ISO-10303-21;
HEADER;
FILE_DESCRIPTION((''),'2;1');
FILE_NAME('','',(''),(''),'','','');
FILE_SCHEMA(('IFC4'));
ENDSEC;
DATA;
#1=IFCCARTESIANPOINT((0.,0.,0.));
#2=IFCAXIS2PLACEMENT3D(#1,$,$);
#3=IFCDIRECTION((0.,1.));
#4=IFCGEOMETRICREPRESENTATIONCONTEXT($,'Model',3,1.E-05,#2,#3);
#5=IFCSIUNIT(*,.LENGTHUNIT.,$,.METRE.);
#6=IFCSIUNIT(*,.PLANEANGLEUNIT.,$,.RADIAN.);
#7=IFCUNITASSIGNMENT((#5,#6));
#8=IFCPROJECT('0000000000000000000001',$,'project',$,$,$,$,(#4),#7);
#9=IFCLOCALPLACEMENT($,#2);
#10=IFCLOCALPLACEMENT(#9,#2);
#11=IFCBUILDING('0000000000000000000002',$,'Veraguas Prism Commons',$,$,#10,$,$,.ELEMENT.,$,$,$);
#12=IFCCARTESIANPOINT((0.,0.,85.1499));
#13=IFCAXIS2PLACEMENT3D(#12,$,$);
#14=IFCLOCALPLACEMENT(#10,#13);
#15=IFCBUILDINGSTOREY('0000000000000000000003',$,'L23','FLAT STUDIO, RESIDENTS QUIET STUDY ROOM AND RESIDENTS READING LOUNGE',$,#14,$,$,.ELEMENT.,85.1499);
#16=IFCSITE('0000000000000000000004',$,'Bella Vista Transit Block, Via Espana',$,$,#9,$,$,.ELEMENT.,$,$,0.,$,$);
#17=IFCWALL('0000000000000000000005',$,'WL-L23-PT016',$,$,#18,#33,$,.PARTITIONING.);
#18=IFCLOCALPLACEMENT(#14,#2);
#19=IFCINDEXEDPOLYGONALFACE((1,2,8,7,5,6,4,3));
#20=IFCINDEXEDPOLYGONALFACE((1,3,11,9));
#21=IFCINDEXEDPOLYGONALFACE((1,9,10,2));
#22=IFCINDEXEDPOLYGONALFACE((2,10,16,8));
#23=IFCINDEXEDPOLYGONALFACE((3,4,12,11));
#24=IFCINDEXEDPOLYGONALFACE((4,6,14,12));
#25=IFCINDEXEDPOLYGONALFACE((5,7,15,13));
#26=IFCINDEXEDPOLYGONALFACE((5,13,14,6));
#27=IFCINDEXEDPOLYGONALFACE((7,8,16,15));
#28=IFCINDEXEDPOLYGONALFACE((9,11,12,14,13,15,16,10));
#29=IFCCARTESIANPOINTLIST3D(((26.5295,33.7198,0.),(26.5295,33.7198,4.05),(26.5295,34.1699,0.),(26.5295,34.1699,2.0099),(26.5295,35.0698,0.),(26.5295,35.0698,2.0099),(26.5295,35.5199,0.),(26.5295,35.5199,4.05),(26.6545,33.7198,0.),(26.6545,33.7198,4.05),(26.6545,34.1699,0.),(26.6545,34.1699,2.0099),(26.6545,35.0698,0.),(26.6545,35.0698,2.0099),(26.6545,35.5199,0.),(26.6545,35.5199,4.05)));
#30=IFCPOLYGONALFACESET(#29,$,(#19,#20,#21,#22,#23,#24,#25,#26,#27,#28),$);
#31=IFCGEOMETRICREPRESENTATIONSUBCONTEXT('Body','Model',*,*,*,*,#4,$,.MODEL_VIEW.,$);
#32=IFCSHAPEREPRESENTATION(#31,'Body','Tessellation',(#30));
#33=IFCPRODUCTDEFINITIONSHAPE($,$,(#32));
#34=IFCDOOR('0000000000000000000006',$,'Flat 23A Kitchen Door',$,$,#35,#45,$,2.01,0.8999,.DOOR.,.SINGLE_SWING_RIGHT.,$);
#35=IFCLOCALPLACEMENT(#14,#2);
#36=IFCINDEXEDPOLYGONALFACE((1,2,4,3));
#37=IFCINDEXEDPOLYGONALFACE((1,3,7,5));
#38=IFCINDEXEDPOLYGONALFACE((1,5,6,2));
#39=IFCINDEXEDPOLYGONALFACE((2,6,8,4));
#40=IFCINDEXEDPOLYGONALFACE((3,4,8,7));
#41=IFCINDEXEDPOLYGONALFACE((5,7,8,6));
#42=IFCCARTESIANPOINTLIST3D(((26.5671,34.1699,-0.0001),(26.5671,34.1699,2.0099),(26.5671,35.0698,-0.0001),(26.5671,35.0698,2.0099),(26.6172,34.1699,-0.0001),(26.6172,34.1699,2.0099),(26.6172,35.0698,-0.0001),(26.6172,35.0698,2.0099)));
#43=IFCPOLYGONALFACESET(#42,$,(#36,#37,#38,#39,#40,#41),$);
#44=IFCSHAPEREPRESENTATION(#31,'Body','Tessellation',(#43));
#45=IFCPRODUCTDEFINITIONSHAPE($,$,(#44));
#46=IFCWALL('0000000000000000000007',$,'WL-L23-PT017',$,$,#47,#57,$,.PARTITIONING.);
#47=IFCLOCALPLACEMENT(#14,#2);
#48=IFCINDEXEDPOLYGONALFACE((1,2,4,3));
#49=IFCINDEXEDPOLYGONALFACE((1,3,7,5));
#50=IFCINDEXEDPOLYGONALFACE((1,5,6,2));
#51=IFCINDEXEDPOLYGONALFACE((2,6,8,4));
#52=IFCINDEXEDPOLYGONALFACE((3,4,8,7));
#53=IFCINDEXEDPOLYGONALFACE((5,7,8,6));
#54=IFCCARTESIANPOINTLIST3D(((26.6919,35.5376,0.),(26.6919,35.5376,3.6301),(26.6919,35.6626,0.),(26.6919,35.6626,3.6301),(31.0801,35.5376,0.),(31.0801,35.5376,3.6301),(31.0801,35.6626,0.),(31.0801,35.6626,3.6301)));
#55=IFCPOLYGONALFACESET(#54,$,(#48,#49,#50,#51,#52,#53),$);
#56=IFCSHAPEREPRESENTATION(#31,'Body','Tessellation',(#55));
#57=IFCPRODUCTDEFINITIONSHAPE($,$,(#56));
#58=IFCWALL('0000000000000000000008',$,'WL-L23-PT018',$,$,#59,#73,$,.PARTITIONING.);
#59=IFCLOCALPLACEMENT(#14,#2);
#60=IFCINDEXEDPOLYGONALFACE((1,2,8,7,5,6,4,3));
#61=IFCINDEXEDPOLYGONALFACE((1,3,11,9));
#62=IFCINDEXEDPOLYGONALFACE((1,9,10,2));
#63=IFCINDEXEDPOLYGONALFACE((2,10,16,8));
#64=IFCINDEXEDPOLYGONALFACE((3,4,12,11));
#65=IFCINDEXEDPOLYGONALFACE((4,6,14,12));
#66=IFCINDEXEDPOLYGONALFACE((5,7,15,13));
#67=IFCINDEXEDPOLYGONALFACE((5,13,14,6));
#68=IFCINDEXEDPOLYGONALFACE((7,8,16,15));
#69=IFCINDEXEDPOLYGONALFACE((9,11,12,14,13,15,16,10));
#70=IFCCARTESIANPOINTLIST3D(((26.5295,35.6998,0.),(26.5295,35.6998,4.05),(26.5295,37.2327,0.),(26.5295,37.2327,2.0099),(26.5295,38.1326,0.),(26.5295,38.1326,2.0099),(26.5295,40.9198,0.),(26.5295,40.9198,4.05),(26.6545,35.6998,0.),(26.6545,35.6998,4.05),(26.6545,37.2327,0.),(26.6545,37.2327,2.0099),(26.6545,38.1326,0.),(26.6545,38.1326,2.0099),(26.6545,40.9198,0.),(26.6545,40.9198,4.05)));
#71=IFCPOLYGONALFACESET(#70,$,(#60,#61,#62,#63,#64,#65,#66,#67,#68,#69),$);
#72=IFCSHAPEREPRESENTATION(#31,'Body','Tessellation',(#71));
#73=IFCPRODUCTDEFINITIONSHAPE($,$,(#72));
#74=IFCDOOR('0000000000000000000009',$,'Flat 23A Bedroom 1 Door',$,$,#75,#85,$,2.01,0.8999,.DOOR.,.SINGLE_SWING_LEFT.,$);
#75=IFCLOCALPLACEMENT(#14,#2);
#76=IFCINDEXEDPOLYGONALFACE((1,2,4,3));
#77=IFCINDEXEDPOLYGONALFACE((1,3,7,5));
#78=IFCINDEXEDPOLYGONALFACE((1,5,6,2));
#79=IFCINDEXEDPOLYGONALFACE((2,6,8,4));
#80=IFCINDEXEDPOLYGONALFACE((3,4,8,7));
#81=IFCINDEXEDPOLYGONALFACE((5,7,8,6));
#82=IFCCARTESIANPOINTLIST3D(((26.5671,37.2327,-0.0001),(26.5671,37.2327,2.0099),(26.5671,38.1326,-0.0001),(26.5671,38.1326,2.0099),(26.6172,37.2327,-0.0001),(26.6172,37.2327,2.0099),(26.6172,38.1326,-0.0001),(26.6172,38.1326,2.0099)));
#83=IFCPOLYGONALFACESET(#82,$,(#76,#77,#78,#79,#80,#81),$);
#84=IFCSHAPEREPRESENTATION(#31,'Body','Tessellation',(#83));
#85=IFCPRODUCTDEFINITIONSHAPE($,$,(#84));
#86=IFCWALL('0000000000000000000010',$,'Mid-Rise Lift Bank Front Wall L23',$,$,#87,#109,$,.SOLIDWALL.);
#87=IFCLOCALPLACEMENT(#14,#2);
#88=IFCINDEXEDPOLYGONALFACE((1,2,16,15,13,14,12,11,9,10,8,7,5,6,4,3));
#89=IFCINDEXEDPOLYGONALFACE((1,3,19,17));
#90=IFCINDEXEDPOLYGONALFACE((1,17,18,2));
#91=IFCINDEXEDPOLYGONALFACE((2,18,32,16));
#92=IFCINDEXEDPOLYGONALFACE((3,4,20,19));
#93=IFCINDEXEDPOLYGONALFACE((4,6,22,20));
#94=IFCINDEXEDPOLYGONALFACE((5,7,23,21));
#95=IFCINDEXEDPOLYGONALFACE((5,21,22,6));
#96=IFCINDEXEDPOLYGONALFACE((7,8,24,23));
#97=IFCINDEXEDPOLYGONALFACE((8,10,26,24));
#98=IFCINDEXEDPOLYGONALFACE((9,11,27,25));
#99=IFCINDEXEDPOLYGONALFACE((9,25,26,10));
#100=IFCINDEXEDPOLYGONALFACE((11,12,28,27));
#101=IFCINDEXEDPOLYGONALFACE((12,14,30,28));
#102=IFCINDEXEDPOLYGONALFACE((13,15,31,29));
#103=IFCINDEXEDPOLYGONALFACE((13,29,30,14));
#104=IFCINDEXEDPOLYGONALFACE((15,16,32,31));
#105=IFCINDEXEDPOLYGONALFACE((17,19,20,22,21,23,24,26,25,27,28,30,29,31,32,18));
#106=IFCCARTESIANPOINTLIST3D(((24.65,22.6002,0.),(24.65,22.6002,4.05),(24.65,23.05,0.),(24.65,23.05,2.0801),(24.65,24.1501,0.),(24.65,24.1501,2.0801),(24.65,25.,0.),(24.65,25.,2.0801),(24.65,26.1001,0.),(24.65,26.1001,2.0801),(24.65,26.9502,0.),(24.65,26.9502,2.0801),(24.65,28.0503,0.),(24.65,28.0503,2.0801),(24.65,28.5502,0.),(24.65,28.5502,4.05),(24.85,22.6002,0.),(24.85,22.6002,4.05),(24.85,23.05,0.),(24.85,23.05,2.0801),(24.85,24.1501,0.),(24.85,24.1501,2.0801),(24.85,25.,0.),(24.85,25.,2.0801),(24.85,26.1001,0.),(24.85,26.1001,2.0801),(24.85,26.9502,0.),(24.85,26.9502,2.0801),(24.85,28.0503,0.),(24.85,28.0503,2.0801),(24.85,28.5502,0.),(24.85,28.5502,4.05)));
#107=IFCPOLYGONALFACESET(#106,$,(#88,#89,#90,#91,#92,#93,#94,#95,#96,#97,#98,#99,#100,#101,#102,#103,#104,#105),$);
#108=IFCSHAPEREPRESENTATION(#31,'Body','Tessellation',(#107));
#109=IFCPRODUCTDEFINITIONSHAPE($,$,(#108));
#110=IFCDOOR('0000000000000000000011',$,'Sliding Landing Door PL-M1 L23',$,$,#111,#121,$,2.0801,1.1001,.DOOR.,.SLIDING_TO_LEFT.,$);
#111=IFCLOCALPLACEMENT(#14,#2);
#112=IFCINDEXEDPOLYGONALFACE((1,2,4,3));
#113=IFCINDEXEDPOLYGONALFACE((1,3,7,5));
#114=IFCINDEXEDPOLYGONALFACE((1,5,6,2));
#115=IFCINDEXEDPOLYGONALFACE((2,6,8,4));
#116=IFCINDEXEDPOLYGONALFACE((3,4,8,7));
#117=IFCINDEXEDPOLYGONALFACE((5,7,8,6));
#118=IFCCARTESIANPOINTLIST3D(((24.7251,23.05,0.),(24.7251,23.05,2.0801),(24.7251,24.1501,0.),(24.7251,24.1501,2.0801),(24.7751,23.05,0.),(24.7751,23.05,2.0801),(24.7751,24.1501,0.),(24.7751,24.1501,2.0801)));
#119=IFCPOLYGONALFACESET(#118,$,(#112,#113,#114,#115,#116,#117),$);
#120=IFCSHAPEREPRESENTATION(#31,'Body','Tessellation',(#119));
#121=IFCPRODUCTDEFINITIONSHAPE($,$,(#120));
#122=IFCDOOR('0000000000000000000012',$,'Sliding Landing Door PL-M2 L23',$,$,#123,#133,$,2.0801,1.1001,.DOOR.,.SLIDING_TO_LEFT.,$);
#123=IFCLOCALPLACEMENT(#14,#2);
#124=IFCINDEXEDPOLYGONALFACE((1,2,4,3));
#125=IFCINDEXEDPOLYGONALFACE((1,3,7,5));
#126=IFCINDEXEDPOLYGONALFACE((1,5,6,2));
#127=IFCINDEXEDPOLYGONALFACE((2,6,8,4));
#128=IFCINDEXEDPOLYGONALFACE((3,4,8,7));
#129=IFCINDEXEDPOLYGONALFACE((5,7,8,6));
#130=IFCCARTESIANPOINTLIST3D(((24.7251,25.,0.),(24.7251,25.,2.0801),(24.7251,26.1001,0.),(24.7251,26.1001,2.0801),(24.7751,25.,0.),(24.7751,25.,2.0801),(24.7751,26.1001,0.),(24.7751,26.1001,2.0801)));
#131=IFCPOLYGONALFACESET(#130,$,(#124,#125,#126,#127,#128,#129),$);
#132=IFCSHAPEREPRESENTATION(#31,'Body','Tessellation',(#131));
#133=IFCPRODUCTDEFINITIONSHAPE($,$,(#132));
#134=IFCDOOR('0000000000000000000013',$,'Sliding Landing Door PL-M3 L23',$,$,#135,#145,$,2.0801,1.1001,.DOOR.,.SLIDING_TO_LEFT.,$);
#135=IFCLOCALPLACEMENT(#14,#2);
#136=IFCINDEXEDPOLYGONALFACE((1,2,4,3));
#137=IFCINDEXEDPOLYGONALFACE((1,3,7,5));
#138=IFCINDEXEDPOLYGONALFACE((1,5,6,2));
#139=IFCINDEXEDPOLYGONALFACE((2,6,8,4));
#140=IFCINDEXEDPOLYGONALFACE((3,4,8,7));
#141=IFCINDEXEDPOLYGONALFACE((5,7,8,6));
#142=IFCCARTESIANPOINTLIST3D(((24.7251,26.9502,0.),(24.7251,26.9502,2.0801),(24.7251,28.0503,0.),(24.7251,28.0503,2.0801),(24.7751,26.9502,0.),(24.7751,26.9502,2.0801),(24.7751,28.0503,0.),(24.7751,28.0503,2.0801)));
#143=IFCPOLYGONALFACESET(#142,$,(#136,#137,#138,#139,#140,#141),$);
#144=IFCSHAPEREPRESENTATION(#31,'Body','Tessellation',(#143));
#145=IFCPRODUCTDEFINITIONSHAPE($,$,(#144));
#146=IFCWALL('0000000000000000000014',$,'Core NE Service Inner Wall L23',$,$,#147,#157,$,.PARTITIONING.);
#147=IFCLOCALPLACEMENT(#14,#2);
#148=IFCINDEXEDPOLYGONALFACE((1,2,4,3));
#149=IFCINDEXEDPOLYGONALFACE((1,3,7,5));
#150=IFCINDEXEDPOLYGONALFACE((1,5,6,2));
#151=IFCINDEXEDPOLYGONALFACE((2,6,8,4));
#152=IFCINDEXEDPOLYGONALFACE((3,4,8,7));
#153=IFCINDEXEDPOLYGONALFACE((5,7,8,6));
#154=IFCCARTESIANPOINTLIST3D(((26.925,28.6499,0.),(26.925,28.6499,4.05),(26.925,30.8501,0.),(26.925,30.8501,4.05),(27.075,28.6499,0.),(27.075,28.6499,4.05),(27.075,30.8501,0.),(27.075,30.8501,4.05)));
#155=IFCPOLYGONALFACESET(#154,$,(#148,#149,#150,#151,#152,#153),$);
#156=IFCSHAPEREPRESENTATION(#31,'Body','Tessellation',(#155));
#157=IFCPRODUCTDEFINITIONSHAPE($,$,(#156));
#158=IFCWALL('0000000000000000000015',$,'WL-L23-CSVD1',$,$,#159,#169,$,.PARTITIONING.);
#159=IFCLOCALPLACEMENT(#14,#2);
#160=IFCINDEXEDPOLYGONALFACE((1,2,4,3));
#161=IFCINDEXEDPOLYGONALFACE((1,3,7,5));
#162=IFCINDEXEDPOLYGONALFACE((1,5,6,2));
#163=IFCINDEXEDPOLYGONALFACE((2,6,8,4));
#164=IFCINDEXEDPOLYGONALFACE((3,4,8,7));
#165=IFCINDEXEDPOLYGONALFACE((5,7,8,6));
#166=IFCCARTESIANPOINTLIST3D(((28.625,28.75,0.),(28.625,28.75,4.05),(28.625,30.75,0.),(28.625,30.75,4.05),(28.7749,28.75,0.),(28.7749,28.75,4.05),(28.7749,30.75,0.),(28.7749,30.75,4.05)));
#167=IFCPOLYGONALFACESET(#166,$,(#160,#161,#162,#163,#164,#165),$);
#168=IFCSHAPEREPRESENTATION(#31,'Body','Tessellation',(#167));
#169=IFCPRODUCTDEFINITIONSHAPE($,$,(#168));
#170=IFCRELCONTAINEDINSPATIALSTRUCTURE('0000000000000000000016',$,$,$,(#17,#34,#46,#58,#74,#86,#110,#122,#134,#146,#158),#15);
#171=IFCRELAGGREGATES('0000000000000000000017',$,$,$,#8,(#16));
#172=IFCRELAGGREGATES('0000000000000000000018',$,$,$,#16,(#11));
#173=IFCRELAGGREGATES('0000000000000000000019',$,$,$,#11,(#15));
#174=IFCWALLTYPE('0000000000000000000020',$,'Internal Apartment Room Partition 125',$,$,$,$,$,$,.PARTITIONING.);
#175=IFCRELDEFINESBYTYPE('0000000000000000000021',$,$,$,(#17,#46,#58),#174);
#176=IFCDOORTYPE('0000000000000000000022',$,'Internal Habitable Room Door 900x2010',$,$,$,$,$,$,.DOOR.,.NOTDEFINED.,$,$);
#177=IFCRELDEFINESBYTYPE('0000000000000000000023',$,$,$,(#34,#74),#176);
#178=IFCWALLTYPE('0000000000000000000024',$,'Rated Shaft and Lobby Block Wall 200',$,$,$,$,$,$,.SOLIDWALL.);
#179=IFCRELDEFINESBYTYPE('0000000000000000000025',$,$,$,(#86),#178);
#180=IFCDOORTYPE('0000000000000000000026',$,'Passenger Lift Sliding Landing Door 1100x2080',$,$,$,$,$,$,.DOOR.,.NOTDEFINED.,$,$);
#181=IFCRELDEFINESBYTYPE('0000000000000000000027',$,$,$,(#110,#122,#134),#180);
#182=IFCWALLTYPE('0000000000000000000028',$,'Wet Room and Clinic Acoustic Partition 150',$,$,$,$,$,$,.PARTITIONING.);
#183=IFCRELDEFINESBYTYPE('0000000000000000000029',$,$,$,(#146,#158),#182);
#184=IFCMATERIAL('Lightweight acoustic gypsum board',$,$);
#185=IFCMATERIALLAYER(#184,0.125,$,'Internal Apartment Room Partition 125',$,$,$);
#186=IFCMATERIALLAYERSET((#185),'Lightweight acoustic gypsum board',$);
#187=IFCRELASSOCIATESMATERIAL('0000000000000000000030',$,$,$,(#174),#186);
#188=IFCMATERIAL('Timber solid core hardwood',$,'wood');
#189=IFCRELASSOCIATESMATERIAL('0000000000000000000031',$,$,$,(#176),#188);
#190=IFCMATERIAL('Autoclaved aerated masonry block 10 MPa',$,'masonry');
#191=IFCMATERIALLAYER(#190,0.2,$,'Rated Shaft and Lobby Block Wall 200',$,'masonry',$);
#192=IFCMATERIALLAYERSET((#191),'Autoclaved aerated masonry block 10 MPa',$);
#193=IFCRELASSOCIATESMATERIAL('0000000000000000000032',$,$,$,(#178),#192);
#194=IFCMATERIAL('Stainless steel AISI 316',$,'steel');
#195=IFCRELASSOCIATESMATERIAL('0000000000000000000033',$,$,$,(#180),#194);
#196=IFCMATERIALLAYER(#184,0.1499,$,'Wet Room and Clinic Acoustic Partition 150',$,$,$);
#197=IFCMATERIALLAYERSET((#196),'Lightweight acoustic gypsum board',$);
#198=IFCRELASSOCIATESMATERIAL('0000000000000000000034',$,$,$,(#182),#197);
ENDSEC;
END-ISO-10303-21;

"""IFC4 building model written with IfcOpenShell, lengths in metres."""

from ifc_helpers import new_model, si_unit, direction, frame, frame_2d, origin, place, context, subcontext, project, spatial, rectangle, extrude, source, transform, mapped, material, layer, layer_set, type_object, element, fill, save


model = new_model("IFC4")

# Units and contexts
model_context = context("Model", 3, precision=1e-05, world=origin(), true_north=direction((0.0, 1.0)))
body_context = subcontext(model_context, "Body", "Model", "MODEL_VIEW")
ifc_project = project(units=[si_unit("LENGTHUNIT", "METRE"), si_unit("PLANEANGLEUNIT", "RADIAN")], contexts=[model_context])

# Site, building, storey
site_placement = place(None, origin())
site = spatial("IfcSite", under=ifc_project, at=site_placement, Name="Bella Vista Transit Block, Via Espana", CompositionType="ELEMENT", RefElevation=0.0)
building_placement = place(site_placement, origin())
building = spatial("IfcBuilding", under=site, at=building_placement, Name="Veraguas Prism Commons", CompositionType="ELEMENT")
storey_placement = place(building_placement, frame((0.0, 0.0, 85.1499)))
storey = spatial("IfcBuildingStorey", under=building, at=storey_placement, Name="L23", Description="FLAT STUDIO, RESIDENTS QUIET STUDY ROOM AND RESIDENTS READING LOUNGE", CompositionType="ELEMENT", Elevation=85.1499)

# Wall, opening, door
ifc_material_1 = material(Name="Lightweight acoustic gypsum board")
ifc_layer_1 = layer(ifc_material_1, 0.125, Name="Internal Apartment Room Partition 125")
ifc_layer_set_1 = layer_set([ifc_layer_1], Name="Lightweight acoustic gypsum board")
wall_type_1 = type_object("IfcWallType", Name="Internal Apartment Room Partition 125", PredefinedType="PARTITIONING", material=ifc_layer_set_1)
wall_1_placement = place(storey_placement, frame((26.592, 33.72, 0.0), z_axis=(0.0, 0.0, 1.0), x_axis=(0.0, 1.0, 0.0)))
wall_1 = element("IfcWall", 1, at=wall_1_placement, inside=storey, type_object=wall_type_1, Name="WL-L23-PT016", PredefinedType="PARTITIONING", context=body_context, shape_type="SweptSolid", body=[
    extrude(rectangle(XDim=1.8, YDim=0.125, at=frame_2d((0.8999, 0.0))), origin(), (0.0, 0.0, 1.0), 4.05),
])
opening_1_placement = place(wall_1_placement, frame((0.45, 0.0, 0.0)))
opening_1 = element("IfcOpeningElement", 2, at=opening_1_placement, cuts=wall_1, PredefinedType="OPENING", context=body_context, shape_type="SweptSolid", body=[
    extrude(rectangle(XDim=0.8999, YDim=2.01, at=frame_2d((0.45, 1.0049))), frame((0.0, 0.0725, 0.0), z_axis=(0.0, -1.0, 0.0), x_axis=(1.0, 0.0, 0.0)), (0.0, 0.0, 1.0), 0.145),
])
ifc_material_2 = material(Name="Timber solid core hardwood", Category="wood")
door_type_1 = type_object("IfcDoorType", Name="Internal Habitable Room Door 900x2010", OperationType="NOTDEFINED", PredefinedType="DOOR", material=ifc_material_2)
shared_shape_1 = source(origin(), body_context, "Body", "SweptSolid", [
    extrude(rectangle(XDim=0.8999, YDim=2.01, at=frame_2d((0.45, 1.0049))), frame((0.0, 0.0249, 0.0), z_axis=(0.0, -1.0, 0.0), x_axis=(1.0, 0.0, 0.0)), (0.0, 0.0, 1.0), 0.05),
])
door_1_placement = place(opening_1_placement, origin())
door_1 = element("IfcDoor", 3, at=door_1_placement, inside=storey, type_object=door_type_1, Name="Flat 23A Kitchen Door", OperationType="SINGLE_SWING_RIGHT", OverallHeight=2.01, OverallWidth=0.8999, PredefinedType="DOOR", context=body_context, shape_type="MappedRepresentation", body=[
    mapped(shared_shape_1, transform((0.0, 0.0, 0.0), scale=1.0)),
])
fill(opening_1, door_1)

# Wall
wall_2_placement = place(storey_placement, frame((26.6919, 35.6001, 0.0), z_axis=(0.0, 0.0, 1.0), x_axis=(1.0, 0.0, 0.0)))
element("IfcWall", 4, at=wall_2_placement, inside=storey, type_object=wall_type_1, Name="WL-L23-PT017", PredefinedType="PARTITIONING", context=body_context, shape_type="SweptSolid", body=[
    extrude(rectangle(XDim=4.3882, YDim=0.125, at=frame_2d((2.1941, 0.0))), origin(), (0.0, 0.0, 1.0), 3.6301),
])

# Wall, opening, door
wall_3_placement = place(storey_placement, frame((26.592, 35.7, 0.0), z_axis=(0.0, 0.0, 1.0), x_axis=(0.0, 1.0, 0.0)))
wall_3 = element("IfcWall", 5, at=wall_3_placement, inside=storey, type_object=wall_type_1, Name="WL-L23-PT018", PredefinedType="PARTITIONING", context=body_context, shape_type="SweptSolid", body=[
    extrude(rectangle(XDim=5.22, YDim=0.125, at=frame_2d((2.6099, 0.0))), origin(), (0.0, 0.0, 1.0), 4.05),
])
opening_2_placement = place(wall_3_placement, frame((1.5327, 0.0, 0.0)))
opening_2 = element("IfcOpeningElement", 6, at=opening_2_placement, cuts=wall_3, PredefinedType="OPENING", context=body_context, shape_type="SweptSolid", body=[
    extrude(rectangle(XDim=0.8999, YDim=2.01, at=frame_2d((0.45, 1.0049))), frame((0.0, 0.0725, 0.0), z_axis=(0.0, -1.0, 0.0), x_axis=(1.0, 0.0, 0.0)), (0.0, 0.0, 1.0), 0.145),
])
door_2_placement = place(opening_2_placement, origin())
door_2 = element("IfcDoor", 7, at=door_2_placement, inside=storey, type_object=door_type_1, Name="Flat 23A Bedroom 1 Door", OperationType="SINGLE_SWING_LEFT", OverallHeight=2.01, OverallWidth=0.8999, PredefinedType="DOOR", context=body_context, shape_type="MappedRepresentation", body=[
    mapped(shared_shape_1, transform((0.0, 0.0, 0.0), scale=1.0)),
])
fill(opening_2, door_2)

# Wall, openings, doors
ifc_material_3 = material(Name="Autoclaved aerated masonry block 10 MPa", Category="masonry")
ifc_layer_2 = layer(ifc_material_3, 0.2, Name="Rated Shaft and Lobby Block Wall 200", Category="masonry")
ifc_layer_set_2 = layer_set([ifc_layer_2], Name="Autoclaved aerated masonry block 10 MPa")
wall_type_2 = type_object("IfcWallType", Name="Rated Shaft and Lobby Block Wall 200", PredefinedType="SOLIDWALL", material=ifc_layer_set_2)
wall_4_placement = place(storey_placement, frame((24.75, 22.6001, 0.0), z_axis=(0.0, 0.0, 1.0), x_axis=(0.0, 1.0, 0.0)))
wall_4 = element("IfcWall", 8, at=wall_4_placement, inside=storey, type_object=wall_type_2, Name="Mid-Rise Lift Bank Front Wall L23", PredefinedType="SOLIDWALL", context=body_context, shape_type="SweptSolid", body=[
    extrude(rectangle(XDim=5.95, YDim=0.2, at=frame_2d((2.9751, 0.0))), origin(), (0.0, 0.0, 1.0), 4.05),
])
opening_3_placement = place(wall_4_placement, frame((0.45, 0.0, 0.0)))
opening_3 = element("IfcOpeningElement", 9, at=opening_3_placement, cuts=wall_4, PredefinedType="OPENING", context=body_context, shape_type="SweptSolid", body=[
    extrude(rectangle(XDim=1.1001, YDim=2.0801, at=frame_2d((0.55, 1.04))), frame((0.0, 0.1099, 0.0), z_axis=(0.0, -1.0, 0.0), x_axis=(1.0, 0.0, 0.0)), (0.0, 0.0, 1.0), 0.22),
])
opening_4_placement = place(wall_4_placement, frame((2.3999, 0.0, 0.0)))
opening_4 = element("IfcOpeningElement", 10, at=opening_4_placement, cuts=wall_4, PredefinedType="OPENING", context=body_context, shape_type="SweptSolid", body=[
    extrude(rectangle(XDim=1.1001, YDim=2.0801, at=frame_2d((0.55, 1.04))), frame((0.0, 0.1099, 0.0), z_axis=(0.0, -1.0, 0.0), x_axis=(1.0, 0.0, 0.0)), (0.0, 0.0, 1.0), 0.22),
])
opening_5_placement = place(wall_4_placement, frame((4.3501, 0.0, 0.0)))
opening_5 = element("IfcOpeningElement", 11, at=opening_5_placement, cuts=wall_4, PredefinedType="OPENING", context=body_context, shape_type="SweptSolid", body=[
    extrude(rectangle(XDim=1.1001, YDim=2.0801, at=frame_2d((0.55, 1.04))), frame((0.0, 0.1099, 0.0), z_axis=(0.0, -1.0, 0.0), x_axis=(1.0, 0.0, 0.0)), (0.0, 0.0, 1.0), 0.22),
])
ifc_material_4 = material(Name="Stainless steel AISI 316", Category="steel")
door_type_2 = type_object("IfcDoorType", Name="Passenger Lift Sliding Landing Door 1100x2080", OperationType="NOTDEFINED", PredefinedType="DOOR", material=ifc_material_4)
shared_shape_2 = source(origin(), body_context, "Body", "SweptSolid", [
    extrude(rectangle(XDim=1.1001, YDim=2.0801, at=frame_2d((0.55, 1.04))), frame((0.0, 0.0249, 0.0), z_axis=(0.0, -1.0, 0.0), x_axis=(1.0, 0.0, 0.0)), (0.0, 0.0, 1.0), 0.05),
])
door_3_placement = place(opening_3_placement, origin())
door_3 = element("IfcDoor", 12, at=door_3_placement, inside=storey, type_object=door_type_2, Name="Sliding Landing Door PL-M1 L23", OperationType="SLIDING_TO_LEFT", OverallHeight=2.0801, OverallWidth=1.1001, PredefinedType="DOOR", context=body_context, shape_type="MappedRepresentation", body=[
    mapped(shared_shape_2, transform((0.0, 0.0, 0.0), scale=1.0)),
])
fill(opening_3, door_3)
door_4_placement = place(opening_4_placement, origin())
door_4 = element("IfcDoor", 13, at=door_4_placement, inside=storey, type_object=door_type_2, Name="Sliding Landing Door PL-M2 L23", OperationType="SLIDING_TO_LEFT", OverallHeight=2.0801, OverallWidth=1.1001, PredefinedType="DOOR", context=body_context, shape_type="MappedRepresentation", body=[
    mapped(shared_shape_2, transform((0.0, 0.0, 0.0), scale=1.0)),
])
fill(opening_4, door_4)
door_5_placement = place(opening_5_placement, origin())
door_5 = element("IfcDoor", 14, at=door_5_placement, inside=storey, type_object=door_type_2, Name="Sliding Landing Door PL-M3 L23", OperationType="SLIDING_TO_LEFT", OverallHeight=2.0801, OverallWidth=1.1001, PredefinedType="DOOR", context=body_context, shape_type="MappedRepresentation", body=[
    mapped(shared_shape_2, transform((0.0, 0.0, 0.0), scale=1.0)),
])
fill(opening_5, door_5)

# Walls
ifc_layer_3 = layer(ifc_material_1, 0.1499, Name="Wet Room and Clinic Acoustic Partition 150")
ifc_layer_set_3 = layer_set([ifc_layer_3], Name="Lightweight acoustic gypsum board")
wall_type_3 = type_object("IfcWallType", Name="Wet Room and Clinic Acoustic Partition 150", PredefinedType="PARTITIONING", material=ifc_layer_set_3)
wall_5_placement = place(storey_placement, frame((27.0, 28.6499, 0.0), z_axis=(0.0, 0.0, 1.0), x_axis=(0.0, 1.0, 0.0)))
element("IfcWall", 15, at=wall_5_placement, inside=storey, type_object=wall_type_3, Name="Core NE Service Inner Wall L23", PredefinedType="PARTITIONING", context=body_context, shape_type="SweptSolid", body=[
    extrude(rectangle(XDim=2.2002, YDim=0.1499, at=frame_2d((1.1001, 0.0))), origin(), (0.0, 0.0, 1.0), 4.05),
])
wall_6_placement = place(storey_placement, frame((28.7, 28.75, 0.0), z_axis=(0.0, 0.0, 1.0), x_axis=(0.0, 1.0, 0.0)))
element("IfcWall", 16, at=wall_6_placement, inside=storey, type_object=wall_type_3, Name="WL-L23-CSVD1", PredefinedType="PARTITIONING", context=body_context, shape_type="SweptSolid", body=[
    extrude(rectangle(XDim=2.0, YDim=0.1499, at=frame_2d((1.0, 0.0))), origin(), (0.0, 0.0, 1.0), 4.05),
])

save(model, "model.ifc")
